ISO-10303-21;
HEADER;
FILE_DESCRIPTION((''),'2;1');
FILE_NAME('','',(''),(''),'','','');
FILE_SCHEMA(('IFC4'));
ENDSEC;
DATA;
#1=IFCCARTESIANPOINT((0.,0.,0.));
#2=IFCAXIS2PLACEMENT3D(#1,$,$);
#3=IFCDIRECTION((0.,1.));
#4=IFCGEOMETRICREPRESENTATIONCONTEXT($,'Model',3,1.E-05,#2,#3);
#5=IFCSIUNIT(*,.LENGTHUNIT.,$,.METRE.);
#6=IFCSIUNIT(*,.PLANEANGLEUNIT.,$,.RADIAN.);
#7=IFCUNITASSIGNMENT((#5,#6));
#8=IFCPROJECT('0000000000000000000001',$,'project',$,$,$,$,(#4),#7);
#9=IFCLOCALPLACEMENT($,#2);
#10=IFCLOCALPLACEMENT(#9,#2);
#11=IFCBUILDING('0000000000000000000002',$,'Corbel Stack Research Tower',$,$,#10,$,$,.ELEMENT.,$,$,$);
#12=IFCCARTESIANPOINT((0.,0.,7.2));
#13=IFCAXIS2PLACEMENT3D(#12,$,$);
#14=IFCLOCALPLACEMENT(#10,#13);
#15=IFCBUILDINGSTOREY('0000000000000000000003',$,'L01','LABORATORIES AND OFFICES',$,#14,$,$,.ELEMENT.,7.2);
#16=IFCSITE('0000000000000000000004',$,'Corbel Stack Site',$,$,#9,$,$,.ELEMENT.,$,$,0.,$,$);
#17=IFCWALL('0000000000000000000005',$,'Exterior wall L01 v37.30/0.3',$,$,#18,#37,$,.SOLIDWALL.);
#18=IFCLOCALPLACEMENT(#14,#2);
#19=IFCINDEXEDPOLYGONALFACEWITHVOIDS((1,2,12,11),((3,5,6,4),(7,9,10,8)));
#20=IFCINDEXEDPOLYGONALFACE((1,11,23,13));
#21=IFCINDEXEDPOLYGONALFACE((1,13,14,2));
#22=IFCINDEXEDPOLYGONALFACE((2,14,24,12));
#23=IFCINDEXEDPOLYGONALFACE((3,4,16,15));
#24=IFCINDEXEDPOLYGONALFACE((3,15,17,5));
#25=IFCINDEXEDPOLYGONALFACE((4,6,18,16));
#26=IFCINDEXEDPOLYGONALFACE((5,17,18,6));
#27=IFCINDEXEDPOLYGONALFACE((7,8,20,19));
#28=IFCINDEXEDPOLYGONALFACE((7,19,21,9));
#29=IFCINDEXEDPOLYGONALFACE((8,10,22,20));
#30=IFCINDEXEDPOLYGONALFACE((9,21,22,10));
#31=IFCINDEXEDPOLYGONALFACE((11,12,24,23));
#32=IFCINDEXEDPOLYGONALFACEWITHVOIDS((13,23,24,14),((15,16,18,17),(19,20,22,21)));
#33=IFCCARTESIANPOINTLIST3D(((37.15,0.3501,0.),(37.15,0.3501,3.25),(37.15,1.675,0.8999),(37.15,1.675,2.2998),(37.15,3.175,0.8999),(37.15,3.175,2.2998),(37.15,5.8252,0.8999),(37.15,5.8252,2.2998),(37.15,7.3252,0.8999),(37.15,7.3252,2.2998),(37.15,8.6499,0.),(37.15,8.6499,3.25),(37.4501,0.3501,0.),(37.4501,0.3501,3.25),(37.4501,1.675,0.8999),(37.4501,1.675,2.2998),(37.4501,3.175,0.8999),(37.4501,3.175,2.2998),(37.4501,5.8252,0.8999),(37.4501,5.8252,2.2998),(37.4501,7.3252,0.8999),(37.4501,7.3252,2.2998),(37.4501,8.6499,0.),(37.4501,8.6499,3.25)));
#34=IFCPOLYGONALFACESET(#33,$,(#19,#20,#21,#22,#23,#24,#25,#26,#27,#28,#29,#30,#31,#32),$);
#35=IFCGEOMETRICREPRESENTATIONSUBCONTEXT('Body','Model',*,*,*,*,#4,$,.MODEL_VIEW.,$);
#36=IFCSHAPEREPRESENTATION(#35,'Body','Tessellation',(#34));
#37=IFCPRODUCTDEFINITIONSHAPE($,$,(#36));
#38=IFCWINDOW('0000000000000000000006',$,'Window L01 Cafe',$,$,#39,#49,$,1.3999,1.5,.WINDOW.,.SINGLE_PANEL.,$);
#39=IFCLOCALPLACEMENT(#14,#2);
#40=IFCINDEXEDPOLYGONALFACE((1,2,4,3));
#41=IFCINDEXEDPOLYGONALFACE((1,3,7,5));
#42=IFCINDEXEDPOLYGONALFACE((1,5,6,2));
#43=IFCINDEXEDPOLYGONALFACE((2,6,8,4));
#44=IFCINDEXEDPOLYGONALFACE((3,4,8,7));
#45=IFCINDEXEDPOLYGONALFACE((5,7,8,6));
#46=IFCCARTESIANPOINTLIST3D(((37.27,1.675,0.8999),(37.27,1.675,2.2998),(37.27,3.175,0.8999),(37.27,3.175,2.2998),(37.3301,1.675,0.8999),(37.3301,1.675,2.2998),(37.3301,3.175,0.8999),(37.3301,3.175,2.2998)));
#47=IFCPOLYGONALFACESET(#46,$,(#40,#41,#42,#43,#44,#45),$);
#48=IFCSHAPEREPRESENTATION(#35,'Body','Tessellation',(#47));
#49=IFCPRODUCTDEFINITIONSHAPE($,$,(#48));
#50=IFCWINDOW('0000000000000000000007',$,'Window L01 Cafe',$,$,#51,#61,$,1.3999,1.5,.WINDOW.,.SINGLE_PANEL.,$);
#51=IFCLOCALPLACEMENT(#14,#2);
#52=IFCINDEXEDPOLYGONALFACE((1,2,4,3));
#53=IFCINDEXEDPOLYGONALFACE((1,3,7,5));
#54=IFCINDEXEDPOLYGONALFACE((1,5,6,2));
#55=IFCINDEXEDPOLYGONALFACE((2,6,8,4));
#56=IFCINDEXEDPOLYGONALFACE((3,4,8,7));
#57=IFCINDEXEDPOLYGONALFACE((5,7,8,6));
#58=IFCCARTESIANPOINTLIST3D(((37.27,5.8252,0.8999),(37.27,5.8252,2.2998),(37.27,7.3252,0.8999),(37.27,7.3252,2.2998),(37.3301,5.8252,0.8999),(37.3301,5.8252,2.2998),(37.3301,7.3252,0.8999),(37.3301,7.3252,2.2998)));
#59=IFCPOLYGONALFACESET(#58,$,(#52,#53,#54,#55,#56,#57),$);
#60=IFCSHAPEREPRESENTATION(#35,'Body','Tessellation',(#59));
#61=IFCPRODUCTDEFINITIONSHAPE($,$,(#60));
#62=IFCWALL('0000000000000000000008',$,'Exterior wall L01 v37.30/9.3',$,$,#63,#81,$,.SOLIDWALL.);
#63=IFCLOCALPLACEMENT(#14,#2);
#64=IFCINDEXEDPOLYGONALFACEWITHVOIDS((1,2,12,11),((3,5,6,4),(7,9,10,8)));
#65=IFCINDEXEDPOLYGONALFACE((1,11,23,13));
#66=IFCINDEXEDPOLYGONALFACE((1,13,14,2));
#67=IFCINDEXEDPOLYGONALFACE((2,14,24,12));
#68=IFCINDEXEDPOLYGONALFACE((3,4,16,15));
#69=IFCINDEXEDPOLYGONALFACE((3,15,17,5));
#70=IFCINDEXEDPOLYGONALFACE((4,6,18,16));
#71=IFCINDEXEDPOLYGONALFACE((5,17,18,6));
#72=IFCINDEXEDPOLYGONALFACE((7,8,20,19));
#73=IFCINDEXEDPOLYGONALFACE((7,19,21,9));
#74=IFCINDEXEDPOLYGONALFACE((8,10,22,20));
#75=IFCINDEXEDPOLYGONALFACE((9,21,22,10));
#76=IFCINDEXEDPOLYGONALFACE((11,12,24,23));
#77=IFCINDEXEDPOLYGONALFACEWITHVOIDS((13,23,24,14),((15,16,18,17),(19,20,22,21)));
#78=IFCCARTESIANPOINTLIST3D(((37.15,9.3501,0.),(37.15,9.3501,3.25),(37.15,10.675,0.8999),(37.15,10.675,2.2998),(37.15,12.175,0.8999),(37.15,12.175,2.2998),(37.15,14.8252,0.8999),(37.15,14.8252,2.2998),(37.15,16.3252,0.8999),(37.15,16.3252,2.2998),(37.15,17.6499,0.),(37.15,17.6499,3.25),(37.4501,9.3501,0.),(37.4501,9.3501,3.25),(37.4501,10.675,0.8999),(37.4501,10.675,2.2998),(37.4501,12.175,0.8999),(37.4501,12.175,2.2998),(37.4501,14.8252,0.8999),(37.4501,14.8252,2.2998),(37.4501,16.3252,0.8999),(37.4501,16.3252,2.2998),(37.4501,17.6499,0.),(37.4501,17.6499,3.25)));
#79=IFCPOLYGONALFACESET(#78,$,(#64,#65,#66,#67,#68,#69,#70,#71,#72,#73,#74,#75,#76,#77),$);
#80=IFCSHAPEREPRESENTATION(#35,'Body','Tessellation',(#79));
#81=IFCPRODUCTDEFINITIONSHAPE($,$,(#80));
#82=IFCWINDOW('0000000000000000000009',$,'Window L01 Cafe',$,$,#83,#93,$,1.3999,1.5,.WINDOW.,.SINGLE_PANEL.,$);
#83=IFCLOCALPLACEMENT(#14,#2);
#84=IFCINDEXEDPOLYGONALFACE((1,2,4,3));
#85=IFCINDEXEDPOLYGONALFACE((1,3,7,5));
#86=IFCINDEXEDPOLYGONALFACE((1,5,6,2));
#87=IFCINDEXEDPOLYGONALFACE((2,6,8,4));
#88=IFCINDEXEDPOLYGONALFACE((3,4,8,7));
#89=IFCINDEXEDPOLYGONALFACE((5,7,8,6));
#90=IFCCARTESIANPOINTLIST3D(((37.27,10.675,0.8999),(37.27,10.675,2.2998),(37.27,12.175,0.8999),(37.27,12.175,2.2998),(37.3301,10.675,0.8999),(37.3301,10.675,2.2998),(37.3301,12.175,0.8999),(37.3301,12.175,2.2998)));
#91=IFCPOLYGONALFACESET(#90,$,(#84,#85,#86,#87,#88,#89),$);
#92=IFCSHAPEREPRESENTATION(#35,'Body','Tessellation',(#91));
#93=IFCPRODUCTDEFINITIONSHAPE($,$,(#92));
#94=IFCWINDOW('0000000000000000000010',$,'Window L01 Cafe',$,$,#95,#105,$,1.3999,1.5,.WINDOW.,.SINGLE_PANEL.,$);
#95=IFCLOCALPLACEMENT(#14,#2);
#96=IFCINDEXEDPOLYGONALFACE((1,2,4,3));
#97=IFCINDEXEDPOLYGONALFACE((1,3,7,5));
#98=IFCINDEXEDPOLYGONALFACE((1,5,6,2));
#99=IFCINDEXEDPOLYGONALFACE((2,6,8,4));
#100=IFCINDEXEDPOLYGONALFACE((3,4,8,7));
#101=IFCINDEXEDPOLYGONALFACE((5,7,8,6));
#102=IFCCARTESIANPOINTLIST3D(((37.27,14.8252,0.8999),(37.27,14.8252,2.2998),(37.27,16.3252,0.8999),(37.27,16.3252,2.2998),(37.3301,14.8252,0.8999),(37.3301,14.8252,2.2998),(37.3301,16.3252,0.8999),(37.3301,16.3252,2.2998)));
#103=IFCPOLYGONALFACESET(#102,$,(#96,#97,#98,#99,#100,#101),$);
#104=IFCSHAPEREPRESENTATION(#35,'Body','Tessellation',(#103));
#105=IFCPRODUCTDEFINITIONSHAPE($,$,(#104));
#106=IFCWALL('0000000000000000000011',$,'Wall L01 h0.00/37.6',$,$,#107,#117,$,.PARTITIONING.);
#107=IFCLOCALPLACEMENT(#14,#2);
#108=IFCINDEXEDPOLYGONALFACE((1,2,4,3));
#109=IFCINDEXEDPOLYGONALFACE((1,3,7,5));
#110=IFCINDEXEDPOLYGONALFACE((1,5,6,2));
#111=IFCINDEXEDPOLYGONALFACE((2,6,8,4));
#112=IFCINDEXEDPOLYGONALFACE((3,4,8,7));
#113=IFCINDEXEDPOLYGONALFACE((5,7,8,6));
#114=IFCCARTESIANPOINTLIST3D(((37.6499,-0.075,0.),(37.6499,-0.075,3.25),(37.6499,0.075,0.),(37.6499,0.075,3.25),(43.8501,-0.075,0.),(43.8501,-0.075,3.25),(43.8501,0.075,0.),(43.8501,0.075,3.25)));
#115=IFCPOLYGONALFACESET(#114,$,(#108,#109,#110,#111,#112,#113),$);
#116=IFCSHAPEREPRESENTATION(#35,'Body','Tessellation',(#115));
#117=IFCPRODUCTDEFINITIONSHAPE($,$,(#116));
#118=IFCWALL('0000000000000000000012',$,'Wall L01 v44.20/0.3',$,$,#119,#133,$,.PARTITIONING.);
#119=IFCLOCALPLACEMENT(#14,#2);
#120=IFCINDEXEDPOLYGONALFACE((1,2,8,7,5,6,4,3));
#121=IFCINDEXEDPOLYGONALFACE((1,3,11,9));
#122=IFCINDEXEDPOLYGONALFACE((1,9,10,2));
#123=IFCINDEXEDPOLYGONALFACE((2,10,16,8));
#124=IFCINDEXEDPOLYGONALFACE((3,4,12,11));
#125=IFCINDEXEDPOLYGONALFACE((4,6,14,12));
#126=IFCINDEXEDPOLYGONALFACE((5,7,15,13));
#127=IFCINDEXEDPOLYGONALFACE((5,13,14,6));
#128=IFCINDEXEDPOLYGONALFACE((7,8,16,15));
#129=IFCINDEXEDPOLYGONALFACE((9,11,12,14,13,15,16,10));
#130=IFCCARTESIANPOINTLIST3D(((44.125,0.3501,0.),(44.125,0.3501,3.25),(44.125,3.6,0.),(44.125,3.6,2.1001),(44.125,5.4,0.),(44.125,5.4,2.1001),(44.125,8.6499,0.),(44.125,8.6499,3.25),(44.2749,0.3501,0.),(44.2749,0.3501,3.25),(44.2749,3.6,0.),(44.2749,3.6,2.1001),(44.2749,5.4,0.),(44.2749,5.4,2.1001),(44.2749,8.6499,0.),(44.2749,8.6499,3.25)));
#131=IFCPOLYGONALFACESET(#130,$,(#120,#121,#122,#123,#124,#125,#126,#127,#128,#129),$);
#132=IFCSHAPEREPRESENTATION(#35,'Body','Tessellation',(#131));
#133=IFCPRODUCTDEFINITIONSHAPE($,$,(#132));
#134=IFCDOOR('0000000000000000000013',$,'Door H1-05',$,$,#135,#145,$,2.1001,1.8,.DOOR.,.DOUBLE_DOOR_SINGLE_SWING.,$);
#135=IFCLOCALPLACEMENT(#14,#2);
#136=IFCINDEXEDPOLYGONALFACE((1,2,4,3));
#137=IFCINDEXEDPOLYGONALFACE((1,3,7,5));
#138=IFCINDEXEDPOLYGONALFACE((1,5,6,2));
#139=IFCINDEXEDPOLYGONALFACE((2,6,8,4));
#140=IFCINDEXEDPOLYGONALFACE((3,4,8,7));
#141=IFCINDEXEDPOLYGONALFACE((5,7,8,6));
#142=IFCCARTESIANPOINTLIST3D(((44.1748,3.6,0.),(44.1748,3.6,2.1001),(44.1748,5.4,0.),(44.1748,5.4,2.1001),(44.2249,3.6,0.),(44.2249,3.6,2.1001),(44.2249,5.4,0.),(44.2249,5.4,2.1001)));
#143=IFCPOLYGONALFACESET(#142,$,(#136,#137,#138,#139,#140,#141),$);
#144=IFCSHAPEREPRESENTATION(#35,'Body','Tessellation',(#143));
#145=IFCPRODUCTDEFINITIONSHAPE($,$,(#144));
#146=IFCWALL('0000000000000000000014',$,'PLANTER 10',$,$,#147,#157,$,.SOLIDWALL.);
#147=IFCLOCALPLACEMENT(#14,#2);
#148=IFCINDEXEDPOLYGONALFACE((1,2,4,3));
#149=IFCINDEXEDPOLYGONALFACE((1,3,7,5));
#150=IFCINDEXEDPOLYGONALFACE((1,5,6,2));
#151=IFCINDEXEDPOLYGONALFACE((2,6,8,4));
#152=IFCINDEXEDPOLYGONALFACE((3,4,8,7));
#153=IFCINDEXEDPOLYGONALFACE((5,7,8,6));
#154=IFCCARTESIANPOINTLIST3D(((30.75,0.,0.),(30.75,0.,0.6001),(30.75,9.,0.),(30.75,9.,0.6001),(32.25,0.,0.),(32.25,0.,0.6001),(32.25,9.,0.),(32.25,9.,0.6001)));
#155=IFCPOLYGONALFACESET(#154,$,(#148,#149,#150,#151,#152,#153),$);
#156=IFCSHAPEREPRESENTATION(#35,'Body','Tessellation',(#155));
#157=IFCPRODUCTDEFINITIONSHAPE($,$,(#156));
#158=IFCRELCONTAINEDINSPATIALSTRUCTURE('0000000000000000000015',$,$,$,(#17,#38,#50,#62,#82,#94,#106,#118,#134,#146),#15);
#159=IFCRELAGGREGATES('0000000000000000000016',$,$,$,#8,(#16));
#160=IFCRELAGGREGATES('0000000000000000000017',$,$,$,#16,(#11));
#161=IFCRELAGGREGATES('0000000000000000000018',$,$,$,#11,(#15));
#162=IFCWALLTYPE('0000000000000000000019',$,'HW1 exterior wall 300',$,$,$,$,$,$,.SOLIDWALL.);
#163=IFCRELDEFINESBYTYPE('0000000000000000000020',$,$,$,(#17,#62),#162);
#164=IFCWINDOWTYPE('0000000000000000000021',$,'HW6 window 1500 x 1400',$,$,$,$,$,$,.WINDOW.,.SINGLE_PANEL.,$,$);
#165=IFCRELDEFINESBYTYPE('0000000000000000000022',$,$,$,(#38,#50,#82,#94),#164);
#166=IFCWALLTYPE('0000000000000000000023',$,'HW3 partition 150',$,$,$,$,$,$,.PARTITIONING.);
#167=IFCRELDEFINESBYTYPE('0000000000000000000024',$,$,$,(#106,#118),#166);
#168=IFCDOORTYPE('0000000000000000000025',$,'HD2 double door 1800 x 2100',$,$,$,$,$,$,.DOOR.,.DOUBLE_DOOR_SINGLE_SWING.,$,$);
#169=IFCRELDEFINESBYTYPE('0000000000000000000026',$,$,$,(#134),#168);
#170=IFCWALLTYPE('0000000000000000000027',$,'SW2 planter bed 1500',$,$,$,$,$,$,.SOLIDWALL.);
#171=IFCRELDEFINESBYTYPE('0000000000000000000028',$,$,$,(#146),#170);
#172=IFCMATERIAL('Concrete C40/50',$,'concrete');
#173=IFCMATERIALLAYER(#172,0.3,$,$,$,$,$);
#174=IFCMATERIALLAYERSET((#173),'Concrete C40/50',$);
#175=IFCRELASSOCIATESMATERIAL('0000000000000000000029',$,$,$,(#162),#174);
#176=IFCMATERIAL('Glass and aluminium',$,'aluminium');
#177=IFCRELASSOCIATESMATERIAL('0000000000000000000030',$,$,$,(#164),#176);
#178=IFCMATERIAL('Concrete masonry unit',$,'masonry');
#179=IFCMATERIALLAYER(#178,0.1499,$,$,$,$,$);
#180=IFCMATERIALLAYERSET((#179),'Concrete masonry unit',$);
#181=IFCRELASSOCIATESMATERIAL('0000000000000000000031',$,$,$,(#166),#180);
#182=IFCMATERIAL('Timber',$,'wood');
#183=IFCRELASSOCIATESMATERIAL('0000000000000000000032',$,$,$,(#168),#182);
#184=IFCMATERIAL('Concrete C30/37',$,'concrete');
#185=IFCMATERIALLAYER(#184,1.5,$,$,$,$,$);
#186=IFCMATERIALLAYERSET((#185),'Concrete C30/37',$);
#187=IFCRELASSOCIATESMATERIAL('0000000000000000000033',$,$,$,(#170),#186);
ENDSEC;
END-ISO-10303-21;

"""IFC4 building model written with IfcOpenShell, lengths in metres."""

from ifc_helpers import new_model, si_unit, direction, frame, frame_2d, origin, place, context, subcontext, project, spatial, rectangle, extrude, material, layer, layer_set, type_object, element, fill, save


model = new_model("IFC4")

# Units and contexts
model_context = context("Model", 3, precision=1e-05, world=origin(), true_north=direction((0.0, 1.0)))
body_context = subcontext(model_context, "Body", "Model", "MODEL_VIEW")
ifc_project = project(units=[si_unit("LENGTHUNIT", "METRE"), si_unit("PLANEANGLEUNIT", "RADIAN")], contexts=[model_context])

# Site, building, storey
site_placement = place(None, origin())
site = spatial("IfcSite", under=ifc_project, at=site_placement, Name="Corbel Stack Site", CompositionType="ELEMENT", RefElevation=0.0)
building_placement = place(site_placement, origin())
building = spatial("IfcBuilding", under=site, at=building_placement, Name="Corbel Stack Research Tower", CompositionType="ELEMENT")
storey_placement = place(building_placement, frame((0.0, 0.0, 7.2)))
storey = spatial("IfcBuildingStorey", under=building, at=storey_placement, Name="L01", Description="LABORATORIES AND OFFICES", CompositionType="ELEMENT", Elevation=7.2)

# Walls, openings, windows
ifc_material_1 = material(Name="Concrete C40/50", Category="concrete")
ifc_layer_1 = layer(ifc_material_1, 0.3)
ifc_layer_set_1 = layer_set([ifc_layer_1], Name="Concrete C40/50")
wall_type_1 = type_object("IfcWallType", Name="HW1 exterior wall 300", PredefinedType="SOLIDWALL", material=ifc_layer_set_1)
wall_1_placement = place(storey_placement, frame((37.3, 0.3501, 0.0), z_axis=(0.0, 0.0, 1.0), x_axis=(0.0, 1.0, 0.0)))
wall_1 = element("IfcWall", 1, at=wall_1_placement, inside=storey, type_object=wall_type_1, Name="Exterior wall L01 v37.30/0.3", PredefinedType="SOLIDWALL", context=body_context, shape_type="SweptSolid", body=[
    extrude(rectangle(XDim=8.2998, YDim=0.3, at=frame_2d((4.1499, 0.0))), origin(), (0.0, 0.0, 1.0), 3.25),
])
opening_1_placement = place(wall_1_placement, frame((1.325, 0.0, 0.8999)))
opening_1 = element("IfcOpeningElement", 2, at=opening_1_placement, cuts=wall_1, PredefinedType="OPENING", context=body_context, shape_type="SweptSolid", body=[
    extrude(rectangle(XDim=1.5, YDim=1.3999, at=frame_2d((0.75, 0.7))), frame((0.0, 0.1599, 0.0), z_axis=(0.0, -1.0, 0.0), x_axis=(1.0, 0.0, 0.0)), (0.0, 0.0, 1.0), 0.3201),
])
opening_2_placement = place(wall_1_placement, frame((5.4751, 0.0, 0.8999)))
opening_2 = element("IfcOpeningElement", 3, at=opening_2_placement, cuts=wall_1, PredefinedType="OPENING", context=body_context, shape_type="SweptSolid", body=[
    extrude(rectangle(XDim=1.5, YDim=1.3999, at=frame_2d((0.75, 0.7))), frame((0.0, 0.1599, 0.0), z_axis=(0.0, -1.0, 0.0), x_axis=(1.0, 0.0, 0.0)), (0.0, 0.0, 1.0), 0.3201),
])
ifc_material_2 = material(Name="Glass and aluminium", Category="aluminium")
window_type_1 = type_object("IfcWindowType", Name="HW6 window 1500 x 1400", PartitioningType="SINGLE_PANEL", PredefinedType="WINDOW", material=ifc_material_2)
window_1_placement = place(opening_1_placement, origin())
window_1 = element("IfcWindow", 4, at=window_1_placement, inside=storey, type_object=window_type_1, Name="Window L01 Cafe", OverallHeight=1.3999, OverallWidth=1.5, PartitioningType="SINGLE_PANEL", PredefinedType="WINDOW", context=body_context, shape_type="SweptSolid", body=[
    extrude(rectangle(XDim=1.5, YDim=1.3999, at=frame_2d((0.75, 0.7))), frame((0.0, 0.03, 0.0), z_axis=(0.0, -1.0, 0.0), x_axis=(1.0, 0.0, 0.0)), (0.0, 0.0, 1.0), 0.0601),
])
fill(opening_1, window_1)
window_2_placement = place(opening_2_placement, origin())
window_2 = element("IfcWindow", 5, at=window_2_placement, inside=storey, type_object=window_type_1, Name="Window L01 Cafe", OverallHeight=1.3999, OverallWidth=1.5, PartitioningType="SINGLE_PANEL", PredefinedType="WINDOW", context=body_context, shape_type="SweptSolid", body=[
    extrude(rectangle(XDim=1.5, YDim=1.3999, at=frame_2d((0.75, 0.7))), frame((0.0, 0.03, 0.0), z_axis=(0.0, -1.0, 0.0), x_axis=(1.0, 0.0, 0.0)), (0.0, 0.0, 1.0), 0.0601),
])
fill(opening_2, window_2)
wall_2_placement = place(storey_placement, frame((37.3, 9.3501, 0.0), z_axis=(0.0, 0.0, 1.0), x_axis=(0.0, 1.0, 0.0)))
wall_2 = element("IfcWall", 6, at=wall_2_placement, inside=storey, type_object=wall_type_1, Name="Exterior wall L01 v37.30/9.3", PredefinedType="SOLIDWALL", context=body_context, shape_type="SweptSolid", body=[
    extrude(rectangle(XDim=8.2998, YDim=0.3, at=frame_2d((4.1499, 0.0))), origin(), (0.0, 0.0, 1.0), 3.25),
])
opening_3_placement = place(wall_2_placement, frame((1.325, 0.0, 0.8999)))
opening_3 = element("IfcOpeningElement", 7, at=opening_3_placement, cuts=wall_2, PredefinedType="OPENING", context=body_context, shape_type="SweptSolid", body=[
    extrude(rectangle(XDim=1.5, YDim=1.3999, at=frame_2d((0.75, 0.7))), frame((0.0, 0.1599, 0.0), z_axis=(0.0, -1.0, 0.0), x_axis=(1.0, 0.0, 0.0)), (0.0, 0.0, 1.0), 0.3201),
])
opening_4_placement = place(wall_2_placement, frame((5.4751, 0.0, 0.8999)))
opening_4 = element("IfcOpeningElement", 8, at=opening_4_placement, cuts=wall_2, PredefinedType="OPENING", context=body_context, shape_type="SweptSolid", body=[
    extrude(rectangle(XDim=1.5, YDim=1.3999, at=frame_2d((0.75, 0.7))), frame((0.0, 0.1599, 0.0), z_axis=(0.0, -1.0, 0.0), x_axis=(1.0, 0.0, 0.0)), (0.0, 0.0, 1.0), 0.3201),
])
window_3_placement = place(opening_3_placement, origin())
window_3 = element("IfcWindow", 9, at=window_3_placement, inside=storey, type_object=window_type_1, Name="Window L01 Cafe", OverallHeight=1.3999, OverallWidth=1.5, PartitioningType="SINGLE_PANEL", PredefinedType="WINDOW", context=body_context, shape_type="SweptSolid", body=[
    extrude(rectangle(XDim=1.5, YDim=1.3999, at=frame_2d((0.75, 0.7))), frame((0.0, 0.03, 0.0), z_axis=(0.0, -1.0, 0.0), x_axis=(1.0, 0.0, 0.0)), (0.0, 0.0, 1.0), 0.0601),
])
fill(opening_3, window_3)
window_4_placement = place(opening_4_placement, origin())
window_4 = element("IfcWindow", 10, at=window_4_placement, inside=storey, type_object=window_type_1, Name="Window L01 Cafe", OverallHeight=1.3999, OverallWidth=1.5, PartitioningType="SINGLE_PANEL", PredefinedType="WINDOW", context=body_context, shape_type="SweptSolid", body=[
    extrude(rectangle(XDim=1.5, YDim=1.3999, at=frame_2d((0.75, 0.7))), frame((0.0, 0.03, 0.0), z_axis=(0.0, -1.0, 0.0), x_axis=(1.0, 0.0, 0.0)), (0.0, 0.0, 1.0), 0.0601),
])
fill(opening_4, window_4)

# Wall
ifc_material_3 = material(Name="Concrete masonry unit", Category="masonry")
ifc_layer_2 = layer(ifc_material_3, 0.1499)
ifc_layer_set_2 = layer_set([ifc_layer_2], Name="Concrete masonry unit")
wall_type_2 = type_object("IfcWallType", Name="HW3 partition 150", PredefinedType="PARTITIONING", material=ifc_layer_set_2)
wall_3_placement = place(storey_placement, frame((37.6499, 0.0, 0.0), z_axis=(0.0, 0.0, 1.0), x_axis=(1.0, 0.0, 0.0)))
element("IfcWall", 11, at=wall_3_placement, inside=storey, type_object=wall_type_2, Name="Wall L01 h0.00/37.6", PredefinedType="PARTITIONING", context=body_context, shape_type="SweptSolid", body=[
    extrude(rectangle(XDim=6.2002, YDim=0.1499, at=frame_2d((3.1001, 0.0))), origin(), (0.0, 0.0, 1.0), 3.25),
])

# Wall, opening, door
wall_4_placement = place(storey_placement, frame((44.2, 8.6499, 0.0), z_axis=(0.0, 0.0, 1.0), x_axis=(0.0, -1.0, 0.0)))
wall_4 = element("IfcWall", 12, at=wall_4_placement, inside=storey, type_object=wall_type_2, Name="Wall L01 v44.20/0.3", PredefinedType="PARTITIONING", context=body_context, shape_type="SweptSolid", body=[
    extrude(rectangle(XDim=8.2998, YDim=0.1499, at=frame_2d((4.1499, 0.0))), origin(), (0.0, 0.0, 1.0), 3.25),
])
opening_5_placement = place(wall_4_placement, frame((3.25, 0.0, 0.0)))
opening_5 = element("IfcOpeningElement", 13, at=opening_5_placement, cuts=wall_4, PredefinedType="OPENING", context=body_context, shape_type="SweptSolid", body=[
    extrude(rectangle(XDim=1.8, YDim=2.1001, at=frame_2d((0.8999, 1.05))), frame((0.0, 0.085, 0.0), z_axis=(0.0, -1.0, 0.0), x_axis=(1.0, 0.0, 0.0)), (0.0, 0.0, 1.0), 0.1699),
])
ifc_material_4 = material(Name="Timber", Category="wood")
door_type = type_object("IfcDoorType", Name="HD2 double door 1800 x 2100", OperationType="DOUBLE_DOOR_SINGLE_SWING", PredefinedType="DOOR", material=ifc_material_4)
door_placement = place(opening_5_placement, origin())
door = element("IfcDoor", 14, at=door_placement, inside=storey, type_object=door_type, Name="Door H1-05", OperationType="DOUBLE_DOOR_SINGLE_SWING", OverallHeight=2.1001, OverallWidth=1.8, PredefinedType="DOOR", context=body_context, shape_type="SweptSolid", body=[
    extrude(rectangle(XDim=1.8, YDim=2.1001, at=frame_2d((0.8999, 1.05))), frame((0.0, 0.0249, 0.0), z_axis=(0.0, -1.0, 0.0), x_axis=(1.0, 0.0, 0.0)), (0.0, 0.0, 1.0), 0.05),
])
fill(opening_5, door)

# Wall
ifc_material_5 = material(Name="Concrete C30/37", Category="concrete")
ifc_layer_3 = layer(ifc_material_5, 1.5)
ifc_layer_set_3 = layer_set([ifc_layer_3], Name="Concrete C30/37")
wall_type_3 = type_object("IfcWallType", Name="SW2 planter bed 1500", PredefinedType="SOLIDWALL", material=ifc_layer_set_3)
wall_5_placement = place(storey_placement, frame((31.5, 0.0, 0.0), z_axis=(0.0, 0.0, 1.0), x_axis=(0.0, 1.0, 0.0)))
element("IfcWall", 15, at=wall_5_placement, inside=storey, type_object=wall_type_3, Name="PLANTER 10", PredefinedType="SOLIDWALL", context=body_context, shape_type="SweptSolid", body=[
    extrude(rectangle(XDim=9.0, YDim=1.5, at=frame_2d((4.5, 0.0))), origin(), (0.0, 0.0, 1.0), 0.6001),
])

save(model, "model.ifc")
